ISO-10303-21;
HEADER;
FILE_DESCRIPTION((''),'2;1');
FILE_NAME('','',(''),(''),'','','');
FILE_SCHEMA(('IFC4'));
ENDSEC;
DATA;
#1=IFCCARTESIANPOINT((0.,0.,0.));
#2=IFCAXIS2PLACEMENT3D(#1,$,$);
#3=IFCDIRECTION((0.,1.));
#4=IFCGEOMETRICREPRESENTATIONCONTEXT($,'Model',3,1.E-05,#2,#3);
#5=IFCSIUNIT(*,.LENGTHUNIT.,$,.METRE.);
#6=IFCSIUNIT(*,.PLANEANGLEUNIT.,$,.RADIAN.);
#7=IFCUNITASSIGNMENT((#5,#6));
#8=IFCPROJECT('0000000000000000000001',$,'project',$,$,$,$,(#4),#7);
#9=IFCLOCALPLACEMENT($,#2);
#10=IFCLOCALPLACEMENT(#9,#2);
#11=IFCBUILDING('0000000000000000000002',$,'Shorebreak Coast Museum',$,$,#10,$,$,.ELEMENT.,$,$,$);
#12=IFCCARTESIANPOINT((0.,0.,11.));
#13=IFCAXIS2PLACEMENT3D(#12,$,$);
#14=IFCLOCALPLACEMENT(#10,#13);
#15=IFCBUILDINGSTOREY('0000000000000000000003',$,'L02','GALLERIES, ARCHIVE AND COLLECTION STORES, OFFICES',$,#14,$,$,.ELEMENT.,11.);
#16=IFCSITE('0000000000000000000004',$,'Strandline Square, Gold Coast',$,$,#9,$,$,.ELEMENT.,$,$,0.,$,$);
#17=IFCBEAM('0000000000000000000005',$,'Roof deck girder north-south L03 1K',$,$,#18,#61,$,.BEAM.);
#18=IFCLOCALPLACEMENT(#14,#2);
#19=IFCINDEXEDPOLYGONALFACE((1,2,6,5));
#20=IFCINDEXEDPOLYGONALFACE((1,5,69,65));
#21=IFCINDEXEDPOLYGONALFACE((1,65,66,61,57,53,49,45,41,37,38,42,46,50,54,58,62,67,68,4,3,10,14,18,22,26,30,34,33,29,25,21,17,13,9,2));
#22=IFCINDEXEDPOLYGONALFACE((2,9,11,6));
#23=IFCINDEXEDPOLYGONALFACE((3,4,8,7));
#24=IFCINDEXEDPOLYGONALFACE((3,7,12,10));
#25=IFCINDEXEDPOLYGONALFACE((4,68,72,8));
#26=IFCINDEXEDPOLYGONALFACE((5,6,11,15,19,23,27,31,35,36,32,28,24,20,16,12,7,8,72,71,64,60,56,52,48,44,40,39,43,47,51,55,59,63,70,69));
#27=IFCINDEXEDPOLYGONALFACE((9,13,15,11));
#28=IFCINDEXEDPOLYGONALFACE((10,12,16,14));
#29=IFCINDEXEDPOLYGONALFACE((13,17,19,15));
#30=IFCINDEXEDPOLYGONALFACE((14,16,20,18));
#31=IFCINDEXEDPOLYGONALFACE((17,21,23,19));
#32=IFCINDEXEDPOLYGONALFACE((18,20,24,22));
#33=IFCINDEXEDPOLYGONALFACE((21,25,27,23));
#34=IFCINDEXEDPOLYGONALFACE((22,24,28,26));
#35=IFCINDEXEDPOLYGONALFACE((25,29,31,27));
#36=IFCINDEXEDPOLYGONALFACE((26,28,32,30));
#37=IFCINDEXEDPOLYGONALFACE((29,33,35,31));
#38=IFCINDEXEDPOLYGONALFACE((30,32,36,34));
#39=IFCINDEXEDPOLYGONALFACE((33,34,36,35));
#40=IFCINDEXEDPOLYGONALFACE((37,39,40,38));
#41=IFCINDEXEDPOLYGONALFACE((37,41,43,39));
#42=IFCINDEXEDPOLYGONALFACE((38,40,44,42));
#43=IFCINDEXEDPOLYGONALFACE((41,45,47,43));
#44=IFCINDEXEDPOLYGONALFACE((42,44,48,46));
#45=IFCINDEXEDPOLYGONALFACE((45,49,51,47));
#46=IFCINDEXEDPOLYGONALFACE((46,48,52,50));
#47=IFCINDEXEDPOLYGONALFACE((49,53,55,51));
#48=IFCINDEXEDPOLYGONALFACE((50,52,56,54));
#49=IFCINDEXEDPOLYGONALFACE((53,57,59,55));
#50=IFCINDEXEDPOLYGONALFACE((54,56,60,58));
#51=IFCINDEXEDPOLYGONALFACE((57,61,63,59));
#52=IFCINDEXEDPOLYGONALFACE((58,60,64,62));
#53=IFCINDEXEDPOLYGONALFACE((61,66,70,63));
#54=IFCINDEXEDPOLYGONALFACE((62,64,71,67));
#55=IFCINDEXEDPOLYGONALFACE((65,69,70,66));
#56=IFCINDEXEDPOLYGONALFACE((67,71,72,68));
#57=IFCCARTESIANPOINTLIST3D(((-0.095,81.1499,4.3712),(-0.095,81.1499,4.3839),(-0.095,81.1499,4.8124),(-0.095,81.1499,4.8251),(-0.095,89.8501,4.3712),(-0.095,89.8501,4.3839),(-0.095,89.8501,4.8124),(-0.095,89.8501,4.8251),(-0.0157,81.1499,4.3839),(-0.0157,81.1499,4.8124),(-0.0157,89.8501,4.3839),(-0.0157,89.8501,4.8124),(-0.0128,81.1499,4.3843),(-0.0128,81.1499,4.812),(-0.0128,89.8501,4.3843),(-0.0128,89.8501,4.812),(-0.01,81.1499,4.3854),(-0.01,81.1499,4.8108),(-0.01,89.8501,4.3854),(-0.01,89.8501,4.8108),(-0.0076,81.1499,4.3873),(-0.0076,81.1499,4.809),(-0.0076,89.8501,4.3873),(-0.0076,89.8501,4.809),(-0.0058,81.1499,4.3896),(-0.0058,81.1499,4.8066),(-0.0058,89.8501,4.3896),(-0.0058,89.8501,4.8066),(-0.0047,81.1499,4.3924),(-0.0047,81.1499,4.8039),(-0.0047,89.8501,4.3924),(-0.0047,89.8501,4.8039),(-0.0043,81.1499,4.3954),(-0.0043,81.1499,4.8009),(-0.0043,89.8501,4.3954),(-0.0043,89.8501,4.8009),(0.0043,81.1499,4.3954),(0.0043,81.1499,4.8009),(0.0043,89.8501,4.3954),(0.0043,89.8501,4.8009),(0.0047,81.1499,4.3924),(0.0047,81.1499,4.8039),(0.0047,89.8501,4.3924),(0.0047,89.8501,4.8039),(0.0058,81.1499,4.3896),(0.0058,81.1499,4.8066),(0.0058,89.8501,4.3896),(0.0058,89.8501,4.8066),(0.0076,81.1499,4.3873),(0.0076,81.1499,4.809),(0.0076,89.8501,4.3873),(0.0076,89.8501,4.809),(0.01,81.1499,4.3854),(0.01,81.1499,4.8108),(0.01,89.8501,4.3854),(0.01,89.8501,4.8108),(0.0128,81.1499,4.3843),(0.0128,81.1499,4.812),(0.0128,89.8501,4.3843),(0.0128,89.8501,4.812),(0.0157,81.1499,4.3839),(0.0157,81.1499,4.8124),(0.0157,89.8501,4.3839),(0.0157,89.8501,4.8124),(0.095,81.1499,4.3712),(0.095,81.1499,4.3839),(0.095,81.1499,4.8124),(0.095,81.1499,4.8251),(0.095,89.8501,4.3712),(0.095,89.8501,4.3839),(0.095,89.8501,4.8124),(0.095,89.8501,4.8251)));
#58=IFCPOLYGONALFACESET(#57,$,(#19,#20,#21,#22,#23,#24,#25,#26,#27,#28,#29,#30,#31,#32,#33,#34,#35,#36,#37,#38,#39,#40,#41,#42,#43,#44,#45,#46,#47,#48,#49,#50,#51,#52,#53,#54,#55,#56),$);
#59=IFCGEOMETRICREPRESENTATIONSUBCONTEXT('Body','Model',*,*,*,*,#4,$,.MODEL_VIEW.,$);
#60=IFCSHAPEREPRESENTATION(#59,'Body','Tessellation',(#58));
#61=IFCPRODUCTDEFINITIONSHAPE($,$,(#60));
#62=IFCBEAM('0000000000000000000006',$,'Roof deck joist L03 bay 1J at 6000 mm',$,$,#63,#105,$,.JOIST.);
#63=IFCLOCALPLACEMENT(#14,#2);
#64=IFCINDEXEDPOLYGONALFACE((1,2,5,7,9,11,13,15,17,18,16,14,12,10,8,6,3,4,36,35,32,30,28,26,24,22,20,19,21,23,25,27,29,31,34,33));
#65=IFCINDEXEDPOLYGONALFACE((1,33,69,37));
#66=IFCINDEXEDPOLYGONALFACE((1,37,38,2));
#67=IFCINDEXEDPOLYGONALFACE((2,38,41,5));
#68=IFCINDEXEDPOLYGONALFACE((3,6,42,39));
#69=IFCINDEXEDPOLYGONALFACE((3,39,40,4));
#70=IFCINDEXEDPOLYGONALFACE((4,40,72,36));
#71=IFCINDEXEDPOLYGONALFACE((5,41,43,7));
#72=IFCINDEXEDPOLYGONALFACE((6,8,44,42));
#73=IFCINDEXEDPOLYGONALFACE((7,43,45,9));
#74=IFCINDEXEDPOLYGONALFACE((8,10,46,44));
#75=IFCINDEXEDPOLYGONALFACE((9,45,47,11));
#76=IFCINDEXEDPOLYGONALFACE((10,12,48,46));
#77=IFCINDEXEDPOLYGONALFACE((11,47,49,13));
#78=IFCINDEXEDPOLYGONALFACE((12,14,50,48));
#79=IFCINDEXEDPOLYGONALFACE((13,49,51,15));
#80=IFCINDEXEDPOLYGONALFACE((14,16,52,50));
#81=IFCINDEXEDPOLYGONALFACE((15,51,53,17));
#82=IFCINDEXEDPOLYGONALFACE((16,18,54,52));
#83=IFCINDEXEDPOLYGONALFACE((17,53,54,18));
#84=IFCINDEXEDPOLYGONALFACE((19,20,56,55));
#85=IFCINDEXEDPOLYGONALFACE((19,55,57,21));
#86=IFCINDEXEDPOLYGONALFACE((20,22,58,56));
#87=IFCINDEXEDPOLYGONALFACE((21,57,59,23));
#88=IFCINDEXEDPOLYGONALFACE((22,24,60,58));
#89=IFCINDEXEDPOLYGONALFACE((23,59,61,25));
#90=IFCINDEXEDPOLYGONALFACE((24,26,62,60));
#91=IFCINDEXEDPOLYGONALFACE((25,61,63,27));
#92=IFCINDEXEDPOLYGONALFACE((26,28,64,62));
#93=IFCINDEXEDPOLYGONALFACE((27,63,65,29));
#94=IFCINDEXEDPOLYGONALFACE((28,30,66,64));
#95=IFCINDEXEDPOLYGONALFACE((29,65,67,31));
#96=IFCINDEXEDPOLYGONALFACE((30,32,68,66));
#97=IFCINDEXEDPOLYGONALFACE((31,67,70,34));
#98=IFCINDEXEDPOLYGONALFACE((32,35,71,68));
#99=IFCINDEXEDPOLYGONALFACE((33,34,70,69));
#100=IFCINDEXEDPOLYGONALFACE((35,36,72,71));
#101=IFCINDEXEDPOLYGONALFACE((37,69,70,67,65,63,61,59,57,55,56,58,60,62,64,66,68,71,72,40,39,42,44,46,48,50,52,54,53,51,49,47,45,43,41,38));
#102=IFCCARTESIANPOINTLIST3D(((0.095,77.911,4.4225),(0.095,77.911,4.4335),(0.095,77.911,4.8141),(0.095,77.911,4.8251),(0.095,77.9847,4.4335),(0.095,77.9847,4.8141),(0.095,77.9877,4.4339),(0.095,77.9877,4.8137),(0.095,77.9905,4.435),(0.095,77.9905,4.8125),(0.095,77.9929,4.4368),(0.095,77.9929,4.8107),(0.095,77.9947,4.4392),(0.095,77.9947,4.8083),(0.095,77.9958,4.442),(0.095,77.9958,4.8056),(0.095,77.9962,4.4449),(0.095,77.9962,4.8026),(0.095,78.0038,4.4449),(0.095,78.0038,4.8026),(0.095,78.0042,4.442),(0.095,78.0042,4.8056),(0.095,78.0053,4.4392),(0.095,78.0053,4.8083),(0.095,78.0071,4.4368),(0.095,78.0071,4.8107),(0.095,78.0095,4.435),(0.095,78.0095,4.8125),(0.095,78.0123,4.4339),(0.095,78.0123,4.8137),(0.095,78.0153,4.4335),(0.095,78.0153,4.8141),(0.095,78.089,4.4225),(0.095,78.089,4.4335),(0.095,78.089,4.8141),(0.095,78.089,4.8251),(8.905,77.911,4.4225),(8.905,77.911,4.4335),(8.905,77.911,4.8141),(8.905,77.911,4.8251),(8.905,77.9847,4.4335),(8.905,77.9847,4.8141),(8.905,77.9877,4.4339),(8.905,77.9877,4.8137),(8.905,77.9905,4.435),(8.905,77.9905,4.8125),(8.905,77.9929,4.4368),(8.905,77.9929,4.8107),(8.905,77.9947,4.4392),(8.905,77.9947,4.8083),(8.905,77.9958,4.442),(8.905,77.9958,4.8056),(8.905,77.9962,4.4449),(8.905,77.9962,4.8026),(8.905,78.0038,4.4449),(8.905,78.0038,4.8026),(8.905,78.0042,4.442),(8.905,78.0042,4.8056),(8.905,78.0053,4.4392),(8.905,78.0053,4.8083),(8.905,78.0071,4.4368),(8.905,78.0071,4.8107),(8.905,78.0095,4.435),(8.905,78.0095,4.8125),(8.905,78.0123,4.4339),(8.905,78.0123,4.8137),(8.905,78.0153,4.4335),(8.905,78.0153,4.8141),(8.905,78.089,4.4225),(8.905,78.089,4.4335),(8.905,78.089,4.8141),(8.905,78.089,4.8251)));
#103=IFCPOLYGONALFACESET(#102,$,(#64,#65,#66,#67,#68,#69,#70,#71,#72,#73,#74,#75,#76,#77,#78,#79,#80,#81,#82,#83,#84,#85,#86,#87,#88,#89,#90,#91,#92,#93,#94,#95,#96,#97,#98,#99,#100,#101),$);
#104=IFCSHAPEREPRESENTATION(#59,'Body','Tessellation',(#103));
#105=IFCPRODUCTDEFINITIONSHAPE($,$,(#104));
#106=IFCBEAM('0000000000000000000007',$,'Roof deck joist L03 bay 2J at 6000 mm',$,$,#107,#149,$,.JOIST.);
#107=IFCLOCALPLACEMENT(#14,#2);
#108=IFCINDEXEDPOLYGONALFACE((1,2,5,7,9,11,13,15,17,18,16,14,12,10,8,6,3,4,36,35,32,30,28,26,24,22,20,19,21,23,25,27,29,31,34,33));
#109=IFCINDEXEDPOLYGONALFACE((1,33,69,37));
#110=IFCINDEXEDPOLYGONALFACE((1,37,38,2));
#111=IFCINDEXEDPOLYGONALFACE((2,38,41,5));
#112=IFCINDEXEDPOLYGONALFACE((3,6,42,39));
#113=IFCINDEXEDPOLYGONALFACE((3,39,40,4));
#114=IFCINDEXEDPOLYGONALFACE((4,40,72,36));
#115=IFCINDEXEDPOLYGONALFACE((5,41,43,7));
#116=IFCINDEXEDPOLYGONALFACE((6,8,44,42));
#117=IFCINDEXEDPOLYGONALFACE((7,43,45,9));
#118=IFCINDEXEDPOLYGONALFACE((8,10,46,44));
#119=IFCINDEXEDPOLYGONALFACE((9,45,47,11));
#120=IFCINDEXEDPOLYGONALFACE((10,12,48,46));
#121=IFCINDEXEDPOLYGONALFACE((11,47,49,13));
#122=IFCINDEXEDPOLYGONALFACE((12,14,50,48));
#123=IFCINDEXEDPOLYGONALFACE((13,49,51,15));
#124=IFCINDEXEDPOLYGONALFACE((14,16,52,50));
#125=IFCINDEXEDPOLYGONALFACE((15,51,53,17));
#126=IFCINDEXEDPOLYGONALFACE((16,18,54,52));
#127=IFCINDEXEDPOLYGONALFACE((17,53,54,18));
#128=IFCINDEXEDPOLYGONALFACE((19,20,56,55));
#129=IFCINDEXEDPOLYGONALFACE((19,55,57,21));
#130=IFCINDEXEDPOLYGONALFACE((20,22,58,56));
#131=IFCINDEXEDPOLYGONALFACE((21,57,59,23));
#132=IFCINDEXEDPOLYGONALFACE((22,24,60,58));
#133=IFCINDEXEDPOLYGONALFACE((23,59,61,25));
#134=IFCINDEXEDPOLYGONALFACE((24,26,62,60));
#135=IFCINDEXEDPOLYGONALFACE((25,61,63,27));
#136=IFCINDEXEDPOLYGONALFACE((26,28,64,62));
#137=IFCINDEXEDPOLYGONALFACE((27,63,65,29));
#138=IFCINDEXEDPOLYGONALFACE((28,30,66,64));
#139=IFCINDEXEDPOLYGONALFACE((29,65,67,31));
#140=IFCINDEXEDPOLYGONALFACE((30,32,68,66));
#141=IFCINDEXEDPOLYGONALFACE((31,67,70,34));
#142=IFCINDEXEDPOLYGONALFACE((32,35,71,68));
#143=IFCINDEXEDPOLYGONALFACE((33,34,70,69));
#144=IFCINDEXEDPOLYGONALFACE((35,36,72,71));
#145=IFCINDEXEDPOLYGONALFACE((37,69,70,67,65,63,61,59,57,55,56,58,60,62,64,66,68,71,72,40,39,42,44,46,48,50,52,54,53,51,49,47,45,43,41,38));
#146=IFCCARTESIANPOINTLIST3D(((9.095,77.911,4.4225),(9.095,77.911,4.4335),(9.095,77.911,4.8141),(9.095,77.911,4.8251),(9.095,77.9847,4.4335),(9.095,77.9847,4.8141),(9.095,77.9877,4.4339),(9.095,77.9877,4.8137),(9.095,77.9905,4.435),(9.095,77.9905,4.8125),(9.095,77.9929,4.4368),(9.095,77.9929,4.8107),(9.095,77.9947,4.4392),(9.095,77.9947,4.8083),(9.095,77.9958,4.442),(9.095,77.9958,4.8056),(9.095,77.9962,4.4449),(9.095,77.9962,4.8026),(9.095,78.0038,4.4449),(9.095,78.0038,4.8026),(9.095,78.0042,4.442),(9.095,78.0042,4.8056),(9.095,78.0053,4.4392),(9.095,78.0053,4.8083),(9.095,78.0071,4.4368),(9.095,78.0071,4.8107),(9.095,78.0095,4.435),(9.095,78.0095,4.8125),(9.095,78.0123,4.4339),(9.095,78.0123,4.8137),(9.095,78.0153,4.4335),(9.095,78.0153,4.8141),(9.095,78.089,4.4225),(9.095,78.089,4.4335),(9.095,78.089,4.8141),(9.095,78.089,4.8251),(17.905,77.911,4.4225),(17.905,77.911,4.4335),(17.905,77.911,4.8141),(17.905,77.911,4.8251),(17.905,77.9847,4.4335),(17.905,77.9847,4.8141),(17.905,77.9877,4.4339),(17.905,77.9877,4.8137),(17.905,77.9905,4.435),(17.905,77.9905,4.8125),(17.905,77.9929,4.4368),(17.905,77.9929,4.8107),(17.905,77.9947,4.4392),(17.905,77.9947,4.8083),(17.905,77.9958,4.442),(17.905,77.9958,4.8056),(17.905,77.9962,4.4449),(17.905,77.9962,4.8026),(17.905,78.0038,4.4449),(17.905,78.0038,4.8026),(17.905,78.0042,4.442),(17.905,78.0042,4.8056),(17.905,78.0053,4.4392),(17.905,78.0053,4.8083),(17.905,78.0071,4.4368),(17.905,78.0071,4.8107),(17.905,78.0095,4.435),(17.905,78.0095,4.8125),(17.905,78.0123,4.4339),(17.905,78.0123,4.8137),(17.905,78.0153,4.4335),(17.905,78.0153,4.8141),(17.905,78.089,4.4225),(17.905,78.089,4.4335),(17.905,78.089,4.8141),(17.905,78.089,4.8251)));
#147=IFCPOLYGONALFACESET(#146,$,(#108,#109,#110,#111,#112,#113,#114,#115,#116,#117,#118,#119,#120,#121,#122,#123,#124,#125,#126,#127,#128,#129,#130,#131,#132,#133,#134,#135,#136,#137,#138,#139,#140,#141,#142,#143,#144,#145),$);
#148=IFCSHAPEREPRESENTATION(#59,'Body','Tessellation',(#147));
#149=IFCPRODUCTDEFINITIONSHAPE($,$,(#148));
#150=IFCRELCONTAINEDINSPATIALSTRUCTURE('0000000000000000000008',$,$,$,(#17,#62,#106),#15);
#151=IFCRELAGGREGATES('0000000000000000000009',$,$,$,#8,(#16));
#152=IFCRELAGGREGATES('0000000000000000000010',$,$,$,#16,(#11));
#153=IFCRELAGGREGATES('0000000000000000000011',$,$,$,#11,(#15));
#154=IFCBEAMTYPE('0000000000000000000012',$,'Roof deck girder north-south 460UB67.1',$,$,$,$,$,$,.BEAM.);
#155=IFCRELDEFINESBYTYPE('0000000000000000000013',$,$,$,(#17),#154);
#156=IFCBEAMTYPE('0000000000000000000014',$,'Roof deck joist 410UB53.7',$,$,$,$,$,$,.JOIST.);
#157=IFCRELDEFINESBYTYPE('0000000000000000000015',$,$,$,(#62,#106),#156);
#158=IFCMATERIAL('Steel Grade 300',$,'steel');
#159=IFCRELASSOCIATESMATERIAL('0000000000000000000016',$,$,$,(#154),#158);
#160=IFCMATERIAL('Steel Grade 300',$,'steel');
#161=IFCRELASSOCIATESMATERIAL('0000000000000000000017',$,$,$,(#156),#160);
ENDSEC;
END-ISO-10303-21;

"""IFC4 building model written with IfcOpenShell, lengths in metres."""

from ifc_helpers import new_model, si_unit, direction, frame, origin, origin_2d, place, context, subcontext, project, spatial, i_section, extrude, material, material_profile, profile_set, type_object, element, save


model = new_model("IFC4")

# Units and contexts
model_context = context("Model", 3, precision=1e-05, world=origin(), true_north=direction((0.0, 1.0)))
body_context = subcontext(model_context, "Body", "Model", "MODEL_VIEW")
ifc_project = project(units=[si_unit("LENGTHUNIT", "METRE"), si_unit("PLANEANGLEUNIT", "RADIAN")], contexts=[model_context])

# Site, building, storey
site_placement = place(None, origin())
site = spatial("IfcSite", under=ifc_project, at=site_placement, Name="Strandline Square, Gold Coast", CompositionType="ELEMENT", RefElevation=0.0)
building_placement = place(site_placement, origin())
building = spatial("IfcBuilding", under=site, at=building_placement, Name="Shorebreak Coast Museum", CompositionType="ELEMENT")
storey_placement = place(building_placement, frame((0.0, 0.0, 11.0)))
storey = spatial("IfcBuildingStorey", under=building, at=storey_placement, Name="L02", Description="GALLERIES, ARCHIVE AND COLLECTION STORES, OFFICES", CompositionType="ELEMENT", Elevation=11.0)

# Beams
ifc_material_1 = material(Name="Steel Grade 300", Category="steel")
ifc_material_profile_1 = material_profile(ifc_material_1, i_section(OverallWidth=0.1899, OverallDepth=0.4539, WebThickness=0.0085, FlangeThickness=0.0127, FilletRadius=0.0115, at=origin_2d()), Name="460UB67.1")
ifc_profile_set_1 = profile_set([ifc_material_profile_1], Name="Steel Grade 300")
beam_type_1 = type_object("IfcBeamType", Name="Roof deck girder north-south 460UB67.1", PredefinedType="BEAM", material=ifc_profile_set_1)
beam_1_placement = place(storey_placement, frame((0.0, 81.1499, 4.5981), z_axis=(0.0, 1.0, 0.0), x_axis=(-1.0, 0.0, 0.0)))
element("IfcBeam", 1, at=beam_1_placement, inside=storey, type_object=beam_type_1, Name="Roof deck girder north-south L03 1K", PredefinedType="BEAM", context=body_context, shape_type="SweptSolid", body=[
    extrude(i_section(OverallWidth=0.1899, OverallDepth=0.4539, WebThickness=0.0085, FlangeThickness=0.0127, FilletRadius=0.0115, at=origin_2d()), origin(), (0.0, 0.0, 1.0), 8.7002),
])
ifc_material_2 = material(Name="Steel Grade 300", Category="steel")
ifc_material_profile_2 = material_profile(ifc_material_2, i_section(OverallWidth=0.178, OverallDepth=0.4026, WebThickness=0.0076, FlangeThickness=0.011, FilletRadius=0.0115, at=origin_2d()), Name="410UB53.7")
ifc_profile_set_2 = profile_set([ifc_material_profile_2], Name="Steel Grade 300")
beam_type_2 = type_object("IfcBeamType", Name="Roof deck joist 410UB53.7", PredefinedType="JOIST", material=ifc_profile_set_2)
for number, where, z_axis, x_axis, name in (
    (2, (0.095, 78.0, 4.6238), (1.0, 0.0, 0.0), (0.0, 1.0, 0.0), "Roof deck joist L03 bay 1J at 6000 mm"),
    (3, (9.095, 78.0, 4.6238), (1.0, 0.0, 0.0), (0.0, 1.0, 0.0), "Roof deck joist L03 bay 2J at 6000 mm"),
):
    element("IfcBeam", number, at=place(storey_placement, frame(where, z_axis=z_axis, x_axis=x_axis)), inside=storey, type_object=beam_type_2, Name=name, PredefinedType="JOIST", context=body_context, shape_type="SweptSolid", body=[
        extrude(i_section(OverallWidth=0.178, OverallDepth=0.4026, WebThickness=0.0076, FlangeThickness=0.011, FilletRadius=0.0115, at=origin_2d()), origin(), (0.0, 0.0, 1.0), 8.8101),
    ])

save(model, "model.ifc")
